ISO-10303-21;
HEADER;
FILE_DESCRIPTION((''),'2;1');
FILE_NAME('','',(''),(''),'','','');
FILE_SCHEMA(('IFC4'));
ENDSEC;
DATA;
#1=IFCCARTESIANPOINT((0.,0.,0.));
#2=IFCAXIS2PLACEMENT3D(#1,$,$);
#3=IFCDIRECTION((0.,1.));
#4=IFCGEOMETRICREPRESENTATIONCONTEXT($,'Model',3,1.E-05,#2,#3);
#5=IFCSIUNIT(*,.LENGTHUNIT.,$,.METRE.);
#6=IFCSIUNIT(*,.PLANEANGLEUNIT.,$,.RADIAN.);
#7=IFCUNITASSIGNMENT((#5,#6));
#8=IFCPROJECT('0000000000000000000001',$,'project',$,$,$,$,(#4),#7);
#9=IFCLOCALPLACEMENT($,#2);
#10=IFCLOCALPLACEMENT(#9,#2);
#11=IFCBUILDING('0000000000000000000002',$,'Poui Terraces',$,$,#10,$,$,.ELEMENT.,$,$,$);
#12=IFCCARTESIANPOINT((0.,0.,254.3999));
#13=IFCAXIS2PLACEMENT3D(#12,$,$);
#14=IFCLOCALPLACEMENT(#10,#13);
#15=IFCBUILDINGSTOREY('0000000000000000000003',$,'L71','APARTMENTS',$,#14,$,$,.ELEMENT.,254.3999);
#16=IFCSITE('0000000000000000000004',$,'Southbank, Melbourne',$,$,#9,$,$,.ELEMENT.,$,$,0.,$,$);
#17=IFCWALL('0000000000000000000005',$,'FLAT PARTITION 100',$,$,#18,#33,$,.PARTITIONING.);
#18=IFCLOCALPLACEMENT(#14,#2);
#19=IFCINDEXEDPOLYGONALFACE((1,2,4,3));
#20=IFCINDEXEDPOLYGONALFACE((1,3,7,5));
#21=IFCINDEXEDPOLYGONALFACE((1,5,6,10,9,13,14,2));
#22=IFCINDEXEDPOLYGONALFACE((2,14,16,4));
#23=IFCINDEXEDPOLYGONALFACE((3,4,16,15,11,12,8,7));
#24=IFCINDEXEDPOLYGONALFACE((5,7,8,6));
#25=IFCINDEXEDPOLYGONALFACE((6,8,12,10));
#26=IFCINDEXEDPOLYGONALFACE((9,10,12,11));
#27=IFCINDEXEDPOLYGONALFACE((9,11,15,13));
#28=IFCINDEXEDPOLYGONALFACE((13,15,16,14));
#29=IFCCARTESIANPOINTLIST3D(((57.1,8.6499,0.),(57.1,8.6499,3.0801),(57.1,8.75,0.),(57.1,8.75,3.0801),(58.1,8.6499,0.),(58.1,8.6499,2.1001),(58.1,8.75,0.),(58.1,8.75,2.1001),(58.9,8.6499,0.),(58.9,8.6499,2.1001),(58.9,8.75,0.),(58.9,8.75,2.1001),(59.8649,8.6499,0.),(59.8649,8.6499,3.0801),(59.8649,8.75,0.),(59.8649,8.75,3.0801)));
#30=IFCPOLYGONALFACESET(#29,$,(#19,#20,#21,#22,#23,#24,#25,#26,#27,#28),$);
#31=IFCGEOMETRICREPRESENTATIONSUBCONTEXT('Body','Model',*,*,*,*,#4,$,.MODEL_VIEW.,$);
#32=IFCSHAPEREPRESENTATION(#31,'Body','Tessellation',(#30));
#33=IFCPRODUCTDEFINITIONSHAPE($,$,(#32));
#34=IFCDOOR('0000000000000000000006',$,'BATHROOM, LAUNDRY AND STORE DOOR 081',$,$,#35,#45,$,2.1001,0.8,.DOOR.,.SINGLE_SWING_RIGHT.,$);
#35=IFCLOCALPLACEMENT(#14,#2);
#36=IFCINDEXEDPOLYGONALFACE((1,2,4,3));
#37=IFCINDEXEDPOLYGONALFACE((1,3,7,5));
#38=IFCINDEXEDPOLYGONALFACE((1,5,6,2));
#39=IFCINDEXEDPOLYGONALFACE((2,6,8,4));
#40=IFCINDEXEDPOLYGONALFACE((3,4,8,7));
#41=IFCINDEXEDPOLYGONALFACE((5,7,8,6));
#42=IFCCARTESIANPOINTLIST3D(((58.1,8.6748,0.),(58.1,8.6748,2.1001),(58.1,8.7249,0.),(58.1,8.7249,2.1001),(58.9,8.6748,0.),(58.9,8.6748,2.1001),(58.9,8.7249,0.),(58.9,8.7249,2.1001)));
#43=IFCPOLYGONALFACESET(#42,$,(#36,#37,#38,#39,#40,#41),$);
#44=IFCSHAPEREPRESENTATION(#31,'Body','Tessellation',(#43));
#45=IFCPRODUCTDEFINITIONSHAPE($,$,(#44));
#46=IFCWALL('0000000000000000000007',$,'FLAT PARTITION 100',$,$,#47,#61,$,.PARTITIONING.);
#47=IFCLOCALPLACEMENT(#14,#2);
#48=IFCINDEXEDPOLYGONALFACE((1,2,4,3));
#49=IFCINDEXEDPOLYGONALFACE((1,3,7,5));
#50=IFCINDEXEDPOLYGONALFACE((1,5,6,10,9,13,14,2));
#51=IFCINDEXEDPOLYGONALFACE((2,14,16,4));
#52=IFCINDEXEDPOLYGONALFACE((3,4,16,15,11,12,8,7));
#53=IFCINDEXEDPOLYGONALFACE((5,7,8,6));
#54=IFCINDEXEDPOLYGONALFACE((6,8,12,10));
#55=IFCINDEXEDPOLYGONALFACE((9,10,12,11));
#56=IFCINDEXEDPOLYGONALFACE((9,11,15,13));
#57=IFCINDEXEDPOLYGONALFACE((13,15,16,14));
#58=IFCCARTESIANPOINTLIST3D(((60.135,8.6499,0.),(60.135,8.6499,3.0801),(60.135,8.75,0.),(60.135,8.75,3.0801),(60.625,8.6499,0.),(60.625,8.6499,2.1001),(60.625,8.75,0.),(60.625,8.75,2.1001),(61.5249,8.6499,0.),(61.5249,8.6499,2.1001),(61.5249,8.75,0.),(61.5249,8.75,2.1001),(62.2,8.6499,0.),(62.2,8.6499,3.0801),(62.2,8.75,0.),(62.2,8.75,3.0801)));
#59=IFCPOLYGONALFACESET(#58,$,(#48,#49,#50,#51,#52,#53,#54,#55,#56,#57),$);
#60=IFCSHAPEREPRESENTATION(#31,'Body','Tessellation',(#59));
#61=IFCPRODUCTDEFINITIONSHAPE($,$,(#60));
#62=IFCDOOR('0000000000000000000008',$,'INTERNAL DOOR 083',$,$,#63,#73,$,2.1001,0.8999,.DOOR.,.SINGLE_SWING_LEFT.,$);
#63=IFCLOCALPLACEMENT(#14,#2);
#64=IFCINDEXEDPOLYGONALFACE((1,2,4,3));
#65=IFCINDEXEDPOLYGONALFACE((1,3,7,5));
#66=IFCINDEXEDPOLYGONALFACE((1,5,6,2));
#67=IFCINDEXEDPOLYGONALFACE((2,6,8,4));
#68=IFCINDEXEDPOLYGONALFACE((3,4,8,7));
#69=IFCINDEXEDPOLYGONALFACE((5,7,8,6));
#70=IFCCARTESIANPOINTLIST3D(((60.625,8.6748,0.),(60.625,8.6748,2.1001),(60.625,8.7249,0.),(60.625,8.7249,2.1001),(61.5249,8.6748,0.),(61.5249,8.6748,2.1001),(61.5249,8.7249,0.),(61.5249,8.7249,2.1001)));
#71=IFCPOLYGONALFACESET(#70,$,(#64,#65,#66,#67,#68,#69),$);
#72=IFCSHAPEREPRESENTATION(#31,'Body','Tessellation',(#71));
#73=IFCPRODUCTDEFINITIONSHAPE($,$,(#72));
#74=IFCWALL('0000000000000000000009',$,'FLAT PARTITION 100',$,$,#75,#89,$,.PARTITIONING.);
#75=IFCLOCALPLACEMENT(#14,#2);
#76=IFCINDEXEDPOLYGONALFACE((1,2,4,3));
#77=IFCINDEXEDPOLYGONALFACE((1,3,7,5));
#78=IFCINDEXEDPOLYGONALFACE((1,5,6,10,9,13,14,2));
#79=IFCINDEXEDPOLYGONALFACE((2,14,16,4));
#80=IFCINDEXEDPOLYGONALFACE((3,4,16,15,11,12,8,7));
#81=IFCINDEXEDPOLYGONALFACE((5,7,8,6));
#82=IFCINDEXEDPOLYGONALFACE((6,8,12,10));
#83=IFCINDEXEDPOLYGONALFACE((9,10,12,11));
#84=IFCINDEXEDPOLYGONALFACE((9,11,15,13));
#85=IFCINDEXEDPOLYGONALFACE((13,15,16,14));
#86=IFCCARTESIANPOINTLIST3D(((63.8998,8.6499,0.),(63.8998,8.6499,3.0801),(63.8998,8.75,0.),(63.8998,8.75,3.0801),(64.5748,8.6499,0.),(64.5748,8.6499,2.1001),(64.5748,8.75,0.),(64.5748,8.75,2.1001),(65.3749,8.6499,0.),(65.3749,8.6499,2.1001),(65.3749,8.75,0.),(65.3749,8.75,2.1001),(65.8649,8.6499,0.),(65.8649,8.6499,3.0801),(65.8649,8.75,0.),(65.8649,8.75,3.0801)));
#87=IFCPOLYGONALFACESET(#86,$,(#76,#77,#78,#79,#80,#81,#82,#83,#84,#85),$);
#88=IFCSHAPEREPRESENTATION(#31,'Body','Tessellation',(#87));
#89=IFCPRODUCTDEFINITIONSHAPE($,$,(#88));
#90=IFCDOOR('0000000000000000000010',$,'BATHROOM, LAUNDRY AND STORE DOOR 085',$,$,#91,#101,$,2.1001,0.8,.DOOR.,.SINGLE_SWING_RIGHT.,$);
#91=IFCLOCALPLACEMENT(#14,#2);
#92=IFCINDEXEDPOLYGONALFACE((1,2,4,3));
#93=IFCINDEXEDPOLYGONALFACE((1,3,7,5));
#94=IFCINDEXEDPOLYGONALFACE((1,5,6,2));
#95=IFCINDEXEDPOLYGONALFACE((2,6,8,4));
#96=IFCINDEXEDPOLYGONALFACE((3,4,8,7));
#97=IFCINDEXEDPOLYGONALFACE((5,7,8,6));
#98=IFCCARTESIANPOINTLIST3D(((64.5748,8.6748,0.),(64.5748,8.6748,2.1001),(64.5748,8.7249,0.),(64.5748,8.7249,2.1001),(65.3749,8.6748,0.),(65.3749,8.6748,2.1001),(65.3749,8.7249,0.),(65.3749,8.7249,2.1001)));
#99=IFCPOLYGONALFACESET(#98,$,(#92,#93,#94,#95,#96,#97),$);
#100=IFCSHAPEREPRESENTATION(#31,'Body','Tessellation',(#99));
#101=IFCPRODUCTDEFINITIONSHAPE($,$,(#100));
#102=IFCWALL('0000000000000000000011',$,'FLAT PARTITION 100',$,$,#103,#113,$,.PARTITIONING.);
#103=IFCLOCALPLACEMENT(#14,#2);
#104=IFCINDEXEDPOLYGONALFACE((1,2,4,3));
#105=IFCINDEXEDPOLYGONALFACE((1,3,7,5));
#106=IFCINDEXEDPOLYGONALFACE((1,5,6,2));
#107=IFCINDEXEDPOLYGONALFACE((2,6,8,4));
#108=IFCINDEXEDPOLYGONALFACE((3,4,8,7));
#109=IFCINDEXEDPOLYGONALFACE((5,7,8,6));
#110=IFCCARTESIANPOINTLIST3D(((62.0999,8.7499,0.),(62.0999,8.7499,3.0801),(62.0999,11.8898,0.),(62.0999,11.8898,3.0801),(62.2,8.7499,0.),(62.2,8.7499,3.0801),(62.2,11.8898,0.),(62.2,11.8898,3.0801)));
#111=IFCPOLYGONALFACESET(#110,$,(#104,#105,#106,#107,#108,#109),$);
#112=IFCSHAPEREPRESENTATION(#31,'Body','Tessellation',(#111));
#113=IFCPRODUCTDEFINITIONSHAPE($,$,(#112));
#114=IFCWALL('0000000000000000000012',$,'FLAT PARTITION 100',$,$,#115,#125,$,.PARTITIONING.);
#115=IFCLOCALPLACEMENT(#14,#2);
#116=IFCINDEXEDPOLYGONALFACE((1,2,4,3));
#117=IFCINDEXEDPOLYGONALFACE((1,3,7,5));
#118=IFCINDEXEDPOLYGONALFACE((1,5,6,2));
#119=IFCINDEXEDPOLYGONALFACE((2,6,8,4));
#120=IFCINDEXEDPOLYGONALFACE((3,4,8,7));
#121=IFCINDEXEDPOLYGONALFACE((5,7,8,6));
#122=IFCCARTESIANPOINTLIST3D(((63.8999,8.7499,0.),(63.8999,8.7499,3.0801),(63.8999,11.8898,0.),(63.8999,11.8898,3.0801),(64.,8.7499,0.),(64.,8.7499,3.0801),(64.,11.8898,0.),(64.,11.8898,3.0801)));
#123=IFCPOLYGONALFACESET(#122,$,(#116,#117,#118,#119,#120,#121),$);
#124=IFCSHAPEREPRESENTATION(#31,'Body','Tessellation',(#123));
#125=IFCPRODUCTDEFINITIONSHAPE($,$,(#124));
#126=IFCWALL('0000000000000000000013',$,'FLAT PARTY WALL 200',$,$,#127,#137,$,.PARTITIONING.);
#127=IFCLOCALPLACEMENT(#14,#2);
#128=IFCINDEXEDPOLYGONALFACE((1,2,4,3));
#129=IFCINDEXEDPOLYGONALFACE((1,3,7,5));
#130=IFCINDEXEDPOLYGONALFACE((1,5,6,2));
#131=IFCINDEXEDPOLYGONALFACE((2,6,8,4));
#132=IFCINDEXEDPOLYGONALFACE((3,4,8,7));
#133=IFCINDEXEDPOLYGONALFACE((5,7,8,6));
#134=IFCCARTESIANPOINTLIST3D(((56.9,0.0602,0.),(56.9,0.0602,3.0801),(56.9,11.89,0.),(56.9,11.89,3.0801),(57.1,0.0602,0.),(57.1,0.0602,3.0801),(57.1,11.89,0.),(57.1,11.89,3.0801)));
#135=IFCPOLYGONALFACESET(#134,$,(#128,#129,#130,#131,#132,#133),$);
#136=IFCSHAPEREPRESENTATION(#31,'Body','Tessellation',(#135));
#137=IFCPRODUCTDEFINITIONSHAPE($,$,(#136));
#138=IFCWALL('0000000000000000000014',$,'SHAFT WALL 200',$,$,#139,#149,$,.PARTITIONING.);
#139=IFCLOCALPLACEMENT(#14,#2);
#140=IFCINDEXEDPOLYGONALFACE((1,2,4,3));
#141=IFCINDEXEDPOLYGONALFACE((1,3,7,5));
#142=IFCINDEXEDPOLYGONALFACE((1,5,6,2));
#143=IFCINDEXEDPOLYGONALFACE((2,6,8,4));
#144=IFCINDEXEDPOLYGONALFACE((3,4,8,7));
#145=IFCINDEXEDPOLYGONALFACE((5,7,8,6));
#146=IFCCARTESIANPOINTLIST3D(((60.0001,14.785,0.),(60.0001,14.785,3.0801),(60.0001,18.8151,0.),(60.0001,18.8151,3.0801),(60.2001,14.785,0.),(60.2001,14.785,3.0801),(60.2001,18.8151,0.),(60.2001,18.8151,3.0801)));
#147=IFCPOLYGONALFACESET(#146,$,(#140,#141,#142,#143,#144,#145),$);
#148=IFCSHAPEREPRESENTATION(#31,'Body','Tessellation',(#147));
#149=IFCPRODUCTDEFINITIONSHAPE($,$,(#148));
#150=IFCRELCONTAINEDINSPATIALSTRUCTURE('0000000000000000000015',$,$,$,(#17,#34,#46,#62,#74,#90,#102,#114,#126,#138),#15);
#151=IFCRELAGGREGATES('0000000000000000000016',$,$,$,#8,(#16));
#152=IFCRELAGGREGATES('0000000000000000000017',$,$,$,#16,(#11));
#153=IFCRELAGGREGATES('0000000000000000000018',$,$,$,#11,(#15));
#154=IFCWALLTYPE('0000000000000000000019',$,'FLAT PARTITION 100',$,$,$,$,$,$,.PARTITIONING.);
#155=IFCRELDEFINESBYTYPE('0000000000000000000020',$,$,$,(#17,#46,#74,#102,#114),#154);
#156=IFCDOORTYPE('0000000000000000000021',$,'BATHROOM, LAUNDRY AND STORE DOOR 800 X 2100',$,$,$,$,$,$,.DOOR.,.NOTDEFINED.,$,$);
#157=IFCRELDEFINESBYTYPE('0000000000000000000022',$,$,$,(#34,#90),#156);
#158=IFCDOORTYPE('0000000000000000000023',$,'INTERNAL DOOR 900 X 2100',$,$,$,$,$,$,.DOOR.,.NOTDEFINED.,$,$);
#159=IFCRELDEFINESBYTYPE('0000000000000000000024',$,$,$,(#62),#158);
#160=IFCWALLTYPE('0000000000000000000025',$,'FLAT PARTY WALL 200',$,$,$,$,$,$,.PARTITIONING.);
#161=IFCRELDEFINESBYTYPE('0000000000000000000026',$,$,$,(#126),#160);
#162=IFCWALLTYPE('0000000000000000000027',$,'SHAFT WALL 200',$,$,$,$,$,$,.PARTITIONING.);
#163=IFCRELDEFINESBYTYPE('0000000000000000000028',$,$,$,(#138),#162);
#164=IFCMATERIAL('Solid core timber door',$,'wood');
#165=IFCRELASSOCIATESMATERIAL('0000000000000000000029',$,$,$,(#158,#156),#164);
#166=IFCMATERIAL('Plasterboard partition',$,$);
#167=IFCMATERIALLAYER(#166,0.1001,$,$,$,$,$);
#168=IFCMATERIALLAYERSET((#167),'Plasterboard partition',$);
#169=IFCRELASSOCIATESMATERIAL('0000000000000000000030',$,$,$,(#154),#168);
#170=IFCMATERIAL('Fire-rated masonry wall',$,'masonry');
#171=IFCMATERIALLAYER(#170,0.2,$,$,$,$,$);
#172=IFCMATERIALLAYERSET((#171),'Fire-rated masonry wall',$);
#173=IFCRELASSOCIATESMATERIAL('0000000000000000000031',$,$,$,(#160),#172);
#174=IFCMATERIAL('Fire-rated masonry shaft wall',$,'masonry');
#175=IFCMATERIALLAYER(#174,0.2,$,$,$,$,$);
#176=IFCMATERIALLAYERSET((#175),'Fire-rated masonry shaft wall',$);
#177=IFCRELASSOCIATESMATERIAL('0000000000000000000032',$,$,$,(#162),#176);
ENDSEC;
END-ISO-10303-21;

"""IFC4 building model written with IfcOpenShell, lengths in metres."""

from ifc_helpers import new_model, si_unit, direction, frame, frame_2d, origin, place, context, subcontext, project, spatial, rectangle, extrude, material, layer, layer_set, type_object, element, fill, save


model = new_model("IFC4")

# Units and contexts
model_context = context("Model", 3, precision=1e-05, world=origin(), true_north=direction((0.0, 1.0)))
body_context = subcontext(model_context, "Body", "Model", "MODEL_VIEW")
ifc_project = project(units=[si_unit("LENGTHUNIT", "METRE"), si_unit("PLANEANGLEUNIT", "RADIAN")], contexts=[model_context])

# Site, building, storey
site_placement = place(None, origin())
site = spatial("IfcSite", under=ifc_project, at=site_placement, Name="Southbank, Melbourne", CompositionType="ELEMENT", RefElevation=0.0)
building_placement = place(site_placement, origin())
building = spatial("IfcBuilding", under=site, at=building_placement, Name="Poui Terraces", CompositionType="ELEMENT")
storey_placement = place(building_placement, frame((0.0, 0.0, 254.3999)))
storey = spatial("IfcBuildingStorey", under=building, at=storey_placement, Name="L71", Description="APARTMENTS", CompositionType="ELEMENT", Elevation=254.3999)

# Shared definitions
ifc_material_1 = material(Name="Solid core timber door", Category="wood")
door_type_1 = type_object("IfcDoorType", Name="INTERNAL DOOR 900 X 2100", OperationType="NOTDEFINED", PredefinedType="DOOR", material=ifc_material_1)

# Walls, openings, doors
ifc_material_2 = material(Name="Plasterboard partition")
ifc_layer_1 = layer(ifc_material_2, 0.1001)
ifc_layer_set_1 = layer_set([ifc_layer_1], Name="Plasterboard partition")
wall_type_1 = type_object("IfcWallType", Name="FLAT PARTITION 100", PredefinedType="PARTITIONING", material=ifc_layer_set_1)
wall_1_placement = place(storey_placement, frame((57.1001, 8.7, 0.0), z_axis=(0.0, 0.0, 1.0), x_axis=(1.0, 0.0, 0.0)))
wall_1 = element("IfcWall", 1, at=wall_1_placement, inside=storey, type_object=wall_type_1, Name="FLAT PARTITION 100", PredefinedType="PARTITIONING", context=body_context, shape_type="SweptSolid", body=[
    extrude(rectangle(XDim=2.7649, YDim=0.1001, at=frame_2d((1.3823, 0.0))), origin(), (0.0, 0.0, 1.0), 3.0801),
])
opening_1_placement = place(wall_1_placement, frame((1.0, 0.0, 0.0)))
opening_1 = element("IfcOpeningElement", 2, at=opening_1_placement, cuts=wall_1, PredefinedType="OPENING", context=body_context, shape_type="SweptSolid", body=[
    extrude(rectangle(XDim=0.8, YDim=2.1001, at=frame_2d((0.3999, 1.05))), frame((0.0, 0.0601, 0.0), z_axis=(0.0, -1.0, 0.0), x_axis=(1.0, 0.0, 0.0)), (0.0, 0.0, 1.0), 0.1201),
])
door_type_2 = type_object("IfcDoorType", Name="BATHROOM, LAUNDRY AND STORE DOOR 800 X 2100", OperationType="NOTDEFINED", PredefinedType="DOOR", material=ifc_material_1)
door_1_placement = place(opening_1_placement, origin())
door_1 = element("IfcDoor", 3, at=door_1_placement, inside=storey, type_object=door_type_2, Name="BATHROOM, LAUNDRY AND STORE DOOR 081", OperationType="SINGLE_SWING_RIGHT", OverallHeight=2.1001, OverallWidth=0.8, PredefinedType="DOOR", context=body_context, shape_type="SweptSolid", body=[
    extrude(rectangle(XDim=0.8, YDim=2.1001, at=frame_2d((0.3999, 1.05))), frame((0.0, 0.0249, 0.0), z_axis=(0.0, -1.0, 0.0), x_axis=(1.0, 0.0, 0.0)), (0.0, 0.0, 1.0), 0.05),
])
fill(opening_1, door_1)
wall_2_placement = place(storey_placement, frame((60.135, 8.7, 0.0), z_axis=(0.0, 0.0, 1.0), x_axis=(1.0, 0.0, 0.0)))
wall_2 = element("IfcWall", 4, at=wall_2_placement, inside=storey, type_object=wall_type_1, Name="FLAT PARTITION 100", PredefinedType="PARTITIONING", context=body_context, shape_type="SweptSolid", body=[
    extrude(rectangle(XDim=2.0649, YDim=0.1001, at=frame_2d((1.0325, 0.0))), origin(), (0.0, 0.0, 1.0), 3.0801),
])
opening_2_placement = place(wall_2_placement, frame((0.49, 0.0, 0.0)))
opening_2 = element("IfcOpeningElement", 5, at=opening_2_placement, cuts=wall_2, PredefinedType="OPENING", context=body_context, shape_type="SweptSolid", body=[
    extrude(rectangle(XDim=0.8999, YDim=2.1001, at=frame_2d((0.45, 1.05))), frame((0.0, 0.0601, 0.0), z_axis=(0.0, -1.0, 0.0), x_axis=(1.0, 0.0, 0.0)), (0.0, 0.0, 1.0), 0.1201),
])
door_2_placement = place(opening_2_placement, origin())
door_2 = element("IfcDoor", 6, at=door_2_placement, inside=storey, type_object=door_type_1, Name="INTERNAL DOOR 083", OperationType="SINGLE_SWING_LEFT", OverallHeight=2.1001, OverallWidth=0.8999, PredefinedType="DOOR", context=body_context, shape_type="SweptSolid", body=[
    extrude(rectangle(XDim=0.8999, YDim=2.1001, at=frame_2d((0.45, 1.05))), frame((0.0, 0.0249, 0.0), z_axis=(0.0, -1.0, 0.0), x_axis=(1.0, 0.0, 0.0)), (0.0, 0.0, 1.0), 0.05),
])
fill(opening_2, door_2)
wall_3_placement = place(storey_placement, frame((63.8999, 8.7, 0.0), z_axis=(0.0, 0.0, 1.0), x_axis=(1.0, 0.0, 0.0)))
wall_3 = element("IfcWall", 7, at=wall_3_placement, inside=storey, type_object=wall_type_1, Name="FLAT PARTITION 100", PredefinedType="PARTITIONING", context=body_context, shape_type="SweptSolid", body=[
    extrude(rectangle(XDim=1.9651, YDim=0.1001, at=frame_2d((0.9824, 0.0))), origin(), (0.0, 0.0, 1.0), 3.0801),
])
opening_3_placement = place(wall_3_placement, frame((0.675, 0.0, 0.0)))
opening_3 = element("IfcOpeningElement", 8, at=opening_3_placement, cuts=wall_3, PredefinedType="OPENING", context=body_context, shape_type="SweptSolid", body=[
    extrude(rectangle(XDim=0.8, YDim=2.1001, at=frame_2d((0.3999, 1.05))), frame((0.0, 0.0601, 0.0), z_axis=(0.0, -1.0, 0.0), x_axis=(1.0, 0.0, 0.0)), (0.0, 0.0, 1.0), 0.1201),
])
door_3_placement = place(opening_3_placement, origin())
door_3 = element("IfcDoor", 9, at=door_3_placement, inside=storey, type_object=door_type_2, Name="BATHROOM, LAUNDRY AND STORE DOOR 085", OperationType="SINGLE_SWING_RIGHT", OverallHeight=2.1001, OverallWidth=0.8, PredefinedType="DOOR", context=body_context, shape_type="SweptSolid", body=[
    extrude(rectangle(XDim=0.8, YDim=2.1001, at=frame_2d((0.3999, 1.05))), frame((0.0, 0.0249, 0.0), z_axis=(0.0, -1.0, 0.0), x_axis=(1.0, 0.0, 0.0)), (0.0, 0.0, 1.0), 0.05),
])
fill(opening_3, door_3)

# Walls
for number, where, z_axis, x_axis, name in (
    (10, (62.1499, 8.75, 0.0), (0.0, 0.0, 1.0), (0.0, 1.0, 0.0), "FLAT PARTITION 100"),
    (11, (63.95, 8.75, 0.0), (0.0, 0.0, 1.0), (0.0, 1.0, 0.0), "FLAT PARTITION 100"),
):
    element("IfcWall", number, at=place(storey_placement, frame(where, z_axis=z_axis, x_axis=x_axis)), inside=storey, type_object=wall_type_1, Name=name, PredefinedType="PARTITIONING", context=body_context, shape_type="SweptSolid", body=[
        extrude(rectangle(XDim=3.1399, YDim=0.1001, at=frame_2d((1.5698, 0.0))), origin(), (0.0, 0.0, 1.0), 3.0801),
    ])
ifc_material_3 = material(Name="Fire-rated masonry wall", Category="masonry")
ifc_layer_2 = layer(ifc_material_3, 0.2)
ifc_layer_set_2 = layer_set([ifc_layer_2], Name="Fire-rated masonry wall")
wall_type_2 = type_object("IfcWallType", Name="FLAT PARTY WALL 200", PredefinedType="PARTITIONING", material=ifc_layer_set_2)
wall_4_placement = place(storey_placement, frame((57.0, 0.0601, 0.0), z_axis=(0.0, 0.0, 1.0), x_axis=(0.0, 1.0, 0.0)))
element("IfcWall", 12, at=wall_4_placement, inside=storey, type_object=wall_type_2, Name="FLAT PARTY WALL 200", PredefinedType="PARTITIONING", context=body_context, shape_type="SweptSolid", body=[
    extrude(rectangle(XDim=11.8298, YDim=0.2, at=frame_2d((5.915, 0.0))), origin(), (0.0, 0.0, 1.0), 3.0801),
])
ifc_material_4 = material(Name="Fire-rated masonry shaft wall", Category="masonry")
ifc_layer_3 = layer(ifc_material_4, 0.2)
ifc_layer_set_3 = layer_set([ifc_layer_3], Name="Fire-rated masonry shaft wall")
wall_type_3 = type_object("IfcWallType", Name="SHAFT WALL 200", PredefinedType="PARTITIONING", material=ifc_layer_set_3)
wall_5_placement = place(storey_placement, frame((60.1001, 14.7849, 0.0), z_axis=(0.0, 0.0, 1.0), x_axis=(0.0, 1.0, 0.0)))
element("IfcWall", 13, at=wall_5_placement, inside=storey, type_object=wall_type_3, Name="SHAFT WALL 200", PredefinedType="PARTITIONING", context=body_context, shape_type="SweptSolid", body=[
    extrude(rectangle(XDim=4.03, YDim=0.2, at=frame_2d((2.0151, 0.0))), origin(), (0.0, 0.0, 1.0), 3.0801),
])

save(model, "model.ifc")
